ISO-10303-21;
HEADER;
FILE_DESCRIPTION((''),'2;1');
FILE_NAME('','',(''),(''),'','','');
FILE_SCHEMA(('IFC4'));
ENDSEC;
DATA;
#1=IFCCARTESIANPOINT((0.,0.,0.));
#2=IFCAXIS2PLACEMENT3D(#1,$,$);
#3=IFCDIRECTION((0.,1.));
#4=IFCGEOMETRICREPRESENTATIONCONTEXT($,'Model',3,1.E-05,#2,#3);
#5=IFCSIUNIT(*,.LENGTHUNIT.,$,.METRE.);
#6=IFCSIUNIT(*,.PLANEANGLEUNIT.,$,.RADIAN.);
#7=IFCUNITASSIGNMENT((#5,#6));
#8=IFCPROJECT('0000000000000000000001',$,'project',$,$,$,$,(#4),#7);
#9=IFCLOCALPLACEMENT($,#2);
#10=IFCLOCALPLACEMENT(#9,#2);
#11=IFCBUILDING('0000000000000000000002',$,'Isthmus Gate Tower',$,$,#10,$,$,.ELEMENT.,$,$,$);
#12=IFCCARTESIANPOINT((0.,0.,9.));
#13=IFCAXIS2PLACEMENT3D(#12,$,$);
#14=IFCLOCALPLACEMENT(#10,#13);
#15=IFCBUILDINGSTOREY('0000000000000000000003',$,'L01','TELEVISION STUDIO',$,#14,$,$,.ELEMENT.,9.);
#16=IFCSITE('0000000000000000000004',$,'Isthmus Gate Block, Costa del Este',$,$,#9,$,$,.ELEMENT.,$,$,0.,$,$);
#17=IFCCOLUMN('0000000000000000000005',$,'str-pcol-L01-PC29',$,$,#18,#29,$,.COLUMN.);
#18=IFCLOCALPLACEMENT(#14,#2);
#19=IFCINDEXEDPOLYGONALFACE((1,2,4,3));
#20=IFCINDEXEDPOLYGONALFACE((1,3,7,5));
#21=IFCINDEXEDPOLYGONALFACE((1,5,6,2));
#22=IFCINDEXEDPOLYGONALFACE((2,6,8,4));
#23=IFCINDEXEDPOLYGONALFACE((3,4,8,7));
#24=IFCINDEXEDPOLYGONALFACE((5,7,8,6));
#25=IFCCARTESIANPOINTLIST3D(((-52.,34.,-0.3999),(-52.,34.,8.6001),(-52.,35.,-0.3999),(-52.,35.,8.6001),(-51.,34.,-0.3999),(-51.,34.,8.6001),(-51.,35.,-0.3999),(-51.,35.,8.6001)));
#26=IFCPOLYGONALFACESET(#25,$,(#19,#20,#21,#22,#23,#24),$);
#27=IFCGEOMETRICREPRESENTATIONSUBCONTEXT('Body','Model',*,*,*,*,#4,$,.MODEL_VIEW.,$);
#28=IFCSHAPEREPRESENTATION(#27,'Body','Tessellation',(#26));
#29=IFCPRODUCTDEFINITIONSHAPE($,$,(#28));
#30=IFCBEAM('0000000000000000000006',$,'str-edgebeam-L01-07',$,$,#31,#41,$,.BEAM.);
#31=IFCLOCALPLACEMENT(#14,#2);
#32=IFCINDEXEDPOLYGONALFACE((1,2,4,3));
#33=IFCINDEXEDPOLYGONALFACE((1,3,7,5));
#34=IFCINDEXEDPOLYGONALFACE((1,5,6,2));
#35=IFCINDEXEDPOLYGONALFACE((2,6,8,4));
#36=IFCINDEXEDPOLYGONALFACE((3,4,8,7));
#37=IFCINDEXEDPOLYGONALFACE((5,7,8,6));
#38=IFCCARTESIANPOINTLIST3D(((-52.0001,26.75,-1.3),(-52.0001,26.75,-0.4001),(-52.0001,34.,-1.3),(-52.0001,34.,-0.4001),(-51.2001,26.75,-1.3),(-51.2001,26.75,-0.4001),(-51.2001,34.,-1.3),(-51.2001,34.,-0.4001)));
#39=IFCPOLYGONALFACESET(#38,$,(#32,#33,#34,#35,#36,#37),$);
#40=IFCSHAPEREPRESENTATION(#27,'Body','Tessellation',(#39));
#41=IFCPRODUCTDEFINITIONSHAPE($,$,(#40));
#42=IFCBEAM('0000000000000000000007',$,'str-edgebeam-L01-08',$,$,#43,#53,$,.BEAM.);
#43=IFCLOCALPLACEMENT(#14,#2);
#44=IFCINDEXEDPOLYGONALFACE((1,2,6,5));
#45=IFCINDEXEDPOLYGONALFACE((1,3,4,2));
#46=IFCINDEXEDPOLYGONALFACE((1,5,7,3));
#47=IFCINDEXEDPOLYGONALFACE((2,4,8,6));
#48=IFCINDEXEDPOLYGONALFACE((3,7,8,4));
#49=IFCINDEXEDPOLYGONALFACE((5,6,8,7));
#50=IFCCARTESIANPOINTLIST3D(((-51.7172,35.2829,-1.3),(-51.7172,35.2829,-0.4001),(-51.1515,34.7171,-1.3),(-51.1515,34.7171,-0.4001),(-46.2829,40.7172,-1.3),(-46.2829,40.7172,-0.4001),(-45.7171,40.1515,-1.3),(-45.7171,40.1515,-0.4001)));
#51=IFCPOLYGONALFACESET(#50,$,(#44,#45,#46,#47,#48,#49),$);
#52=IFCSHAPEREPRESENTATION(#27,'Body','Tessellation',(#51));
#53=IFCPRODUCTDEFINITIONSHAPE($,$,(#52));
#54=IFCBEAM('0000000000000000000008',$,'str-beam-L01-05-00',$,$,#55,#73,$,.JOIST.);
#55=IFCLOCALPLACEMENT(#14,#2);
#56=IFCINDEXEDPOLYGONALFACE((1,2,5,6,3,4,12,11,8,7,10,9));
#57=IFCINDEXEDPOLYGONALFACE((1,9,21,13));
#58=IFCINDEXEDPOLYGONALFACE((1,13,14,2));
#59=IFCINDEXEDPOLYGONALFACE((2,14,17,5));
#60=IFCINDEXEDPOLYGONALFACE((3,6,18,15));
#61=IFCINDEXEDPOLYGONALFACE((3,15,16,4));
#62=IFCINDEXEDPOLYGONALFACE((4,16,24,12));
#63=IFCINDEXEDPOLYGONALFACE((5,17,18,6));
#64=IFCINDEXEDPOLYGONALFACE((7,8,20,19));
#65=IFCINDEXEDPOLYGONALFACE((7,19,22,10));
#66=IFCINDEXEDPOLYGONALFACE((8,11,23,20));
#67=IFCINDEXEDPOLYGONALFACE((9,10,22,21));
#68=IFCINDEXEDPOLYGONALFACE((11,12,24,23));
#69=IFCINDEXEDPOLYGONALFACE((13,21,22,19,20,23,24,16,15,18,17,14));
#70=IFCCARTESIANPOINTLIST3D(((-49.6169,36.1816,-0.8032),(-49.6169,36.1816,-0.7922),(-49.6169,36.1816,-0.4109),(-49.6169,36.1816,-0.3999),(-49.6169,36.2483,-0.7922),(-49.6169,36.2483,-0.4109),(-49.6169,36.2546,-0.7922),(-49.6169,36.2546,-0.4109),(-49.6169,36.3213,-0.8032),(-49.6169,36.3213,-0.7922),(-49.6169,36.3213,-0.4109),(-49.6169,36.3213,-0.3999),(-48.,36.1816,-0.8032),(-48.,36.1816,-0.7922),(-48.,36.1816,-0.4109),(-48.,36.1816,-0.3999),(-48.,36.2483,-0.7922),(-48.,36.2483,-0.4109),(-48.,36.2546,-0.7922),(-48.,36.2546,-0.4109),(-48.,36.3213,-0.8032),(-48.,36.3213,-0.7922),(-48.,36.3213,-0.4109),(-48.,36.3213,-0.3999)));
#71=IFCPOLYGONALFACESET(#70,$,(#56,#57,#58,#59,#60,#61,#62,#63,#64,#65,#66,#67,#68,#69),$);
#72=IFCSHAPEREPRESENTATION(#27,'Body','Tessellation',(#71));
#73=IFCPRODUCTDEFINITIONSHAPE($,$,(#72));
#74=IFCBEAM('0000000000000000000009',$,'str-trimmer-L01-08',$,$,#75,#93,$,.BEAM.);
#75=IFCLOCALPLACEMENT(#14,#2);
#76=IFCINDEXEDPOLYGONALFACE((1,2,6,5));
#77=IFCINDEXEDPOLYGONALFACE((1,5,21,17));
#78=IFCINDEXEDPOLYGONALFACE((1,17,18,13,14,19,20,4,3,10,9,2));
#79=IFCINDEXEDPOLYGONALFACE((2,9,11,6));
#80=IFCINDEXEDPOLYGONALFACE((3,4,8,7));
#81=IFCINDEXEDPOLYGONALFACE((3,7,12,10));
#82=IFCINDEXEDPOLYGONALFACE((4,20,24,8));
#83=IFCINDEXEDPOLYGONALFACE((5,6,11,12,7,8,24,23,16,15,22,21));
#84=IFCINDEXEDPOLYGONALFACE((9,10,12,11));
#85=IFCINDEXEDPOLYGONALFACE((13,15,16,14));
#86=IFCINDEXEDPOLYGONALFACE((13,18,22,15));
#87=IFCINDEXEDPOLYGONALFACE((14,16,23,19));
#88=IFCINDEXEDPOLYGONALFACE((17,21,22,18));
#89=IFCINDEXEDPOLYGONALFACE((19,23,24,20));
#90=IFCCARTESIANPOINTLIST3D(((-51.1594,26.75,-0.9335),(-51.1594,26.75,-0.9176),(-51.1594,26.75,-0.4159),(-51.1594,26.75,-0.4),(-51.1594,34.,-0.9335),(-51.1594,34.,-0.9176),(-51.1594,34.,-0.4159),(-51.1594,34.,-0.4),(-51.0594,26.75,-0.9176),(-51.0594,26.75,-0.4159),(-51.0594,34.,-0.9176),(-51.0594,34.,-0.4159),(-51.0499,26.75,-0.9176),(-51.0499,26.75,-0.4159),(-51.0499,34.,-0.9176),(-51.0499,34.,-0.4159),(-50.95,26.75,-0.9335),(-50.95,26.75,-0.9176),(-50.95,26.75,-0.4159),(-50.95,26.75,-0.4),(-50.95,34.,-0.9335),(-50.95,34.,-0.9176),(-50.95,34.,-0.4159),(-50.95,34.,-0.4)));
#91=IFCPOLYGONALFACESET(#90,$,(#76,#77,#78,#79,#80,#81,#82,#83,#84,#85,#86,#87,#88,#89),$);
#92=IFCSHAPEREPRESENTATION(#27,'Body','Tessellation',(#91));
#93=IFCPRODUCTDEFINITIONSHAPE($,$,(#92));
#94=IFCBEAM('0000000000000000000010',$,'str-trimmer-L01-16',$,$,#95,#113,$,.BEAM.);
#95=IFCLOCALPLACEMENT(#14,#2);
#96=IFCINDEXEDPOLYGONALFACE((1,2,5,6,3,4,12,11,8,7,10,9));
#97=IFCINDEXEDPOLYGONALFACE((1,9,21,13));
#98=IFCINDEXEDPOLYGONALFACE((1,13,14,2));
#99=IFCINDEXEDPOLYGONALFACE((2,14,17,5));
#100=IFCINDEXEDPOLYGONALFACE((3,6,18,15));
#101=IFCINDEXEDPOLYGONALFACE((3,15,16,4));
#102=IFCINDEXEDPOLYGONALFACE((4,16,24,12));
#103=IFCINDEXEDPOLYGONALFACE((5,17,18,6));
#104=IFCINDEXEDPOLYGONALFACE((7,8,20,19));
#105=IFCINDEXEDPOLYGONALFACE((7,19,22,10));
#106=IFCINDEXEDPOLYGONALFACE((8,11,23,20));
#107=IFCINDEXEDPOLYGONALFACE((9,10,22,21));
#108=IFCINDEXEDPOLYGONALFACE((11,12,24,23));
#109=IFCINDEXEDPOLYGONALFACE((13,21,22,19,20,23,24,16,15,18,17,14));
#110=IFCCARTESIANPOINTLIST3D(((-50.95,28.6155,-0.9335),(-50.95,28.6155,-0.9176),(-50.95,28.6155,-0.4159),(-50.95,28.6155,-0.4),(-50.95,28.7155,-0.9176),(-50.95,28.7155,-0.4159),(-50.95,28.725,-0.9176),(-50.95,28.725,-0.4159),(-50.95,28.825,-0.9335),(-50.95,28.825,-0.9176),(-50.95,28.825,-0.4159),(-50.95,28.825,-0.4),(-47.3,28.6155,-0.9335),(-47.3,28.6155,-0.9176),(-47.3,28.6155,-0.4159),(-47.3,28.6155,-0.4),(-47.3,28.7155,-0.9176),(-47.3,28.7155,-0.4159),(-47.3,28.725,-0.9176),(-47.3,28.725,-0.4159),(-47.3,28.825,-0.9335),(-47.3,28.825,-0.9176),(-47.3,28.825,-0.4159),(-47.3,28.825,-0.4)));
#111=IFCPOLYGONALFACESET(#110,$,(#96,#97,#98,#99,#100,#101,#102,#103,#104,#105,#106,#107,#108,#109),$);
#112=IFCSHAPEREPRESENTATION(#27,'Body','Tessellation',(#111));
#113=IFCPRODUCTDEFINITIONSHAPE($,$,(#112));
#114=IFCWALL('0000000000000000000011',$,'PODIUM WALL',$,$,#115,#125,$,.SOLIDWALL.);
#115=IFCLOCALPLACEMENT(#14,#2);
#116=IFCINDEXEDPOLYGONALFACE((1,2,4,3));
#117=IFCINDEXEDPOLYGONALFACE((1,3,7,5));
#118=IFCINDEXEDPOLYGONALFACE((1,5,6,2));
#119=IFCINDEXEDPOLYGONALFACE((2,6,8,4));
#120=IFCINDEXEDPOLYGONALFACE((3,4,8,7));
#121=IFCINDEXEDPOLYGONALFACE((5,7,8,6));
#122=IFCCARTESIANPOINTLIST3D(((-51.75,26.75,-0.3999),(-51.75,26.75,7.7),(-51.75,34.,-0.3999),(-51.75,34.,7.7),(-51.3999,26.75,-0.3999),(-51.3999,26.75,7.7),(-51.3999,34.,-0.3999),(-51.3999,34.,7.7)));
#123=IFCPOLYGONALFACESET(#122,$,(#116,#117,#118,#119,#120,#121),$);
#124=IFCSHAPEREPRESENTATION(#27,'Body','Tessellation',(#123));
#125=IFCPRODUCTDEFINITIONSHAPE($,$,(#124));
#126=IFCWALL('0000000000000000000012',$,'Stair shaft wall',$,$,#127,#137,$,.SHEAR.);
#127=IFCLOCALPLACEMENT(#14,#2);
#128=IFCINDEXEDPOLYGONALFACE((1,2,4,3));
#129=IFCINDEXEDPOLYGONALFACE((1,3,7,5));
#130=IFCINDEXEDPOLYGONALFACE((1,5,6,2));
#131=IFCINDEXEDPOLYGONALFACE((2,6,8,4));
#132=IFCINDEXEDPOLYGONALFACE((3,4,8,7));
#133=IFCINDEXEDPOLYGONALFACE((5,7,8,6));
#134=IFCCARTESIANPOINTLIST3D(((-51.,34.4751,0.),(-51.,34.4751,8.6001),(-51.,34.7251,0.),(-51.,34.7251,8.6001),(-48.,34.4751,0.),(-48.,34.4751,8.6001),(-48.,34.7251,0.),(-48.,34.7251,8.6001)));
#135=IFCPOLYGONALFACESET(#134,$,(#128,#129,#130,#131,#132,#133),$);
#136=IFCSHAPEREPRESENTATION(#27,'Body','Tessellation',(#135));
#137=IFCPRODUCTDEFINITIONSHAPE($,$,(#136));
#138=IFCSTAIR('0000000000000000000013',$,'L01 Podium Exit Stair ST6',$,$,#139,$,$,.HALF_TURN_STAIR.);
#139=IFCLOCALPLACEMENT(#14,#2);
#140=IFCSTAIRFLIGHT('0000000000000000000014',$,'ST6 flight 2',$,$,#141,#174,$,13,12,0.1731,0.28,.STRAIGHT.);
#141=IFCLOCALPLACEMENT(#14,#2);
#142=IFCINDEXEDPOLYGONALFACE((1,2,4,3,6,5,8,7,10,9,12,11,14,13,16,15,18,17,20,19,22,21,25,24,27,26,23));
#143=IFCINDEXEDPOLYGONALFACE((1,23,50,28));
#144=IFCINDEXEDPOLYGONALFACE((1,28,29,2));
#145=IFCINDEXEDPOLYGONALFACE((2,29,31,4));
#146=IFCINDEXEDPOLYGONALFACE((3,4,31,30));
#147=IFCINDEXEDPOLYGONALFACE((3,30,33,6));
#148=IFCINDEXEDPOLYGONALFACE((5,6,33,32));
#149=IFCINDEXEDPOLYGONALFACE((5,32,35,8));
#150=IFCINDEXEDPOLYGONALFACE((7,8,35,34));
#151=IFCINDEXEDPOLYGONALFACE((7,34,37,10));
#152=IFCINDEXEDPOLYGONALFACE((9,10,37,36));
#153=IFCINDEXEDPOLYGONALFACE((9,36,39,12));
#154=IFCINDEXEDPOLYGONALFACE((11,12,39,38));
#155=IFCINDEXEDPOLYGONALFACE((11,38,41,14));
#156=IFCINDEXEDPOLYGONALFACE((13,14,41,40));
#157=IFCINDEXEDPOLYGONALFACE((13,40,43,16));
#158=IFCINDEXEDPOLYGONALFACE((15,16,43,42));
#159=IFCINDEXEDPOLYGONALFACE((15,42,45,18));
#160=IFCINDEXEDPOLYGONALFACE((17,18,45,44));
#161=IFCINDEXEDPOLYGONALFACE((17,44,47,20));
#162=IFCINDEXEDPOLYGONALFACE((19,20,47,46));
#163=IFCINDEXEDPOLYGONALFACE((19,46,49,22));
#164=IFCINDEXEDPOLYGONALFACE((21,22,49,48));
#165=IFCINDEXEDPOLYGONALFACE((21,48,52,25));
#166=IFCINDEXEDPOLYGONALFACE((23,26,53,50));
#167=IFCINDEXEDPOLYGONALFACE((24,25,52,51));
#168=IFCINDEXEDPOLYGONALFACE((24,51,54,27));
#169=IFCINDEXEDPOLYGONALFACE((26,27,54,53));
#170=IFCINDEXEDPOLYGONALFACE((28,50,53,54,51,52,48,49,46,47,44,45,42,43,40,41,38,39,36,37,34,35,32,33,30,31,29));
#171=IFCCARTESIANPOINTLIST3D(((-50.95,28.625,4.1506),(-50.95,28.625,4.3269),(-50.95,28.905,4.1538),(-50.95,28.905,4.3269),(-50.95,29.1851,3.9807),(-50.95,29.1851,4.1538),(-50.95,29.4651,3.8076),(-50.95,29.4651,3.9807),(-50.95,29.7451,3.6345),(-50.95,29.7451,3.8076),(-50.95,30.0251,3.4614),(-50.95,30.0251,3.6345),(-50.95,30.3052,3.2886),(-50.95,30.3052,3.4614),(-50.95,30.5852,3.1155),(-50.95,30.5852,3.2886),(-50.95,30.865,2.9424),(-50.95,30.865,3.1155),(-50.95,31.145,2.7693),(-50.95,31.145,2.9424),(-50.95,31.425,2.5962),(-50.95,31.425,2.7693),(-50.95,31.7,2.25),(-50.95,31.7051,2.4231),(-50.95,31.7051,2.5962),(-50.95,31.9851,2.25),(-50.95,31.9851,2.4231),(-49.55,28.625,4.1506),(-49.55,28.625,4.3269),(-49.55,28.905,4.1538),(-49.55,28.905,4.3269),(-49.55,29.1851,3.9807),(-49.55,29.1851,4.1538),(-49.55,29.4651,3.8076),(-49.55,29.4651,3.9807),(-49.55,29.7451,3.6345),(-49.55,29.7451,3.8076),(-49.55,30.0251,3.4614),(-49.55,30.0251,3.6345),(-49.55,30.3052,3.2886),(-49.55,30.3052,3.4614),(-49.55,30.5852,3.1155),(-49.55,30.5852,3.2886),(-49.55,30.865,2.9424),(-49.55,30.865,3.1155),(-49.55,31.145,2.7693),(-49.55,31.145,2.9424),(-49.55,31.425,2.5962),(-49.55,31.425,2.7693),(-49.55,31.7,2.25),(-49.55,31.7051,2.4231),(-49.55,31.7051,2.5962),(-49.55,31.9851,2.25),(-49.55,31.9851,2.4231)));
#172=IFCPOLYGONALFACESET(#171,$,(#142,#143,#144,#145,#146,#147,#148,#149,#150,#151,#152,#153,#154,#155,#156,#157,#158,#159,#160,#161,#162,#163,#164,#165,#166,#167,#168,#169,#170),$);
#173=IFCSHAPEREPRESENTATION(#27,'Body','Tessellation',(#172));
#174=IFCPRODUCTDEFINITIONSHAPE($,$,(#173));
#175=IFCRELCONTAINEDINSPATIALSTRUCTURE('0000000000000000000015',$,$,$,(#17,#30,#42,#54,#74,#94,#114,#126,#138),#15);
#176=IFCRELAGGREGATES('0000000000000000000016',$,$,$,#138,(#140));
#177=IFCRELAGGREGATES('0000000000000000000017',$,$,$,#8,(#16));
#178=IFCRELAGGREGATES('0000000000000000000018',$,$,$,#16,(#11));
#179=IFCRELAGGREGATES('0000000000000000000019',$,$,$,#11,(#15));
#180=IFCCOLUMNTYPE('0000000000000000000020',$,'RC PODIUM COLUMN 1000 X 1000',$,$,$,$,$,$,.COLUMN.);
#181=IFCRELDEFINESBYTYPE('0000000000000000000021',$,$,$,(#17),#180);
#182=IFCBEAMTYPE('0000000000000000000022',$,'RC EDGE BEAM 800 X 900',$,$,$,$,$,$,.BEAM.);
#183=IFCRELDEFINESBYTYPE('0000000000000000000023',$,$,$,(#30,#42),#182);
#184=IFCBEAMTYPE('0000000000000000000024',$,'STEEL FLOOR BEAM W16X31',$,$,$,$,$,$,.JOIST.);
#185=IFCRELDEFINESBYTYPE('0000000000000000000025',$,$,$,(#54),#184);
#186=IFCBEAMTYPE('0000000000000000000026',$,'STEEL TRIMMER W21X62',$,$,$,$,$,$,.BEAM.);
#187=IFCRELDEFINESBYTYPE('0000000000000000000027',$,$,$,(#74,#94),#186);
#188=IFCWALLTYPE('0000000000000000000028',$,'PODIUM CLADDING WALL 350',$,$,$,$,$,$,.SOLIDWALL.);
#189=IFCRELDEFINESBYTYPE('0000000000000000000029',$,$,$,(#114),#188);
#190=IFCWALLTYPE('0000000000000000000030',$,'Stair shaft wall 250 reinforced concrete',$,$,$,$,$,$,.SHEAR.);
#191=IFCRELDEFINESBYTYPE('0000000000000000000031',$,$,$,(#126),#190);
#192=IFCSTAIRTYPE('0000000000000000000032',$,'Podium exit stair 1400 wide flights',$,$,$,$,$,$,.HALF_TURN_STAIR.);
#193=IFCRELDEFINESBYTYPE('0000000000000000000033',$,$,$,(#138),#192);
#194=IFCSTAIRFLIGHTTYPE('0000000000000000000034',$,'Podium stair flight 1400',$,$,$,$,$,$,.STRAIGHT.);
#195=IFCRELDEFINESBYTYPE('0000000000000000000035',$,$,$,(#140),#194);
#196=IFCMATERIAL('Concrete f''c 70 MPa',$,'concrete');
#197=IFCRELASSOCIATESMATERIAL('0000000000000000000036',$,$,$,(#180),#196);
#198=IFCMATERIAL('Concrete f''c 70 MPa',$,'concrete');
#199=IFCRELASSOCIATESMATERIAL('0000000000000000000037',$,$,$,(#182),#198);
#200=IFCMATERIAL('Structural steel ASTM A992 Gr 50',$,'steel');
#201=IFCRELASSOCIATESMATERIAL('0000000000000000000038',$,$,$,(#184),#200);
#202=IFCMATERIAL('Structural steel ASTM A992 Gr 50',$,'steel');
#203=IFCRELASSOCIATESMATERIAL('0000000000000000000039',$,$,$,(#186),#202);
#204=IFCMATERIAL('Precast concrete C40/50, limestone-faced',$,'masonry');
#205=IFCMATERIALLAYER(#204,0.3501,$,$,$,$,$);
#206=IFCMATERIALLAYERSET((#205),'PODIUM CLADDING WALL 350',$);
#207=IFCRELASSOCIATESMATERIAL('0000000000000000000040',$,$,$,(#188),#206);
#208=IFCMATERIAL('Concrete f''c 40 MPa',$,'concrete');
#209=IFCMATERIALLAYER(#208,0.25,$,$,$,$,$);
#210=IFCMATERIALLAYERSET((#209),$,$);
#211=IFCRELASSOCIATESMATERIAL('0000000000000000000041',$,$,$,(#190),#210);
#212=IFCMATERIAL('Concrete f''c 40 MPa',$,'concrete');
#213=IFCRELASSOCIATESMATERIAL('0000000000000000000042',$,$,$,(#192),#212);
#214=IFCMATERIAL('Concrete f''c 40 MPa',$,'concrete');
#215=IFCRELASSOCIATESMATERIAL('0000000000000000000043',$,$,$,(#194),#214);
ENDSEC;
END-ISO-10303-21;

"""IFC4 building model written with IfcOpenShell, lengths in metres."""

from ifc_helpers import new_model, si_unit, direction, frame, frame_2d, origin, origin_2d, place, context, subcontext, project, spatial, polyline, rectangle, i_section, outline, extrude, material, layer, layer_set, material_profile, profile_set, type_object, element, aggregate, save


model = new_model("IFC4")

# Units and contexts
model_context = context("Model", 3, precision=1e-05, world=origin(), true_north=direction((0.0, 1.0)))
body_context = subcontext(model_context, "Body", "Model", "MODEL_VIEW")
ifc_project = project(units=[si_unit("LENGTHUNIT", "METRE"), si_unit("PLANEANGLEUNIT", "RADIAN")], contexts=[model_context])

# Site, building, storey
site_placement = place(None, origin())
site = spatial("IfcSite", under=ifc_project, at=site_placement, Name="Isthmus Gate Block, Costa del Este", CompositionType="ELEMENT", RefElevation=0.0)
building_placement = place(site_placement, origin())
building = spatial("IfcBuilding", under=site, at=building_placement, Name="Isthmus Gate Tower", CompositionType="ELEMENT")
storey_placement = place(building_placement, frame((0.0, 0.0, 9.0)))
storey = spatial("IfcBuildingStorey", under=building, at=storey_placement, Name="L01", Description="TELEVISION STUDIO", CompositionType="ELEMENT", Elevation=9.0)

# Column
ifc_material_1 = material(Name="Concrete f'c 70 MPa", Category="concrete")
ifc_material_profile_1 = material_profile(ifc_material_1, rectangle(XDim=1.0, YDim=1.0, at=origin_2d()), Name="RC 1000X1000")
ifc_profile_set_1 = profile_set([ifc_material_profile_1], Name="Concrete f'c 70 MPa")
column_type = type_object("IfcColumnType", Name="RC PODIUM COLUMN 1000 X 1000", PredefinedType="COLUMN", material=ifc_profile_set_1)
column_placement = place(storey_placement, frame((-51.5, 34.5, -0.3999), z_axis=(0.0, 0.0, 1.0), x_axis=(0.0, -1.0, 0.0)))
element("IfcColumn", 1, at=column_placement, inside=storey, type_object=column_type, Name="str-pcol-L01-PC29", PredefinedType="COLUMN", context=body_context, shape_type="SweptSolid", body=[
    extrude(rectangle(XDim=1.0, YDim=1.0, at=origin_2d()), origin(), (0.0, 0.0, 1.0), 9.0),
])

# Beams
ifc_material_2 = material(Name="Concrete f'c 70 MPa", Category="concrete")
ifc_material_profile_2 = material_profile(ifc_material_2, rectangle(XDim=0.8, YDim=0.8999, at=origin_2d()), Name="RC 800X900")
ifc_profile_set_2 = profile_set([ifc_material_profile_2], Name="Concrete f'c 70 MPa")
beam_type_1 = type_object("IfcBeamType", Name="RC EDGE BEAM 800 X 900", PredefinedType="BEAM", material=ifc_profile_set_2)
beam_1_placement = place(storey_placement, frame((-51.6001, 26.75, -0.8501), z_axis=(0.0, 1.0, 0.0), x_axis=(-1.0, 0.0, 0.0)))
element("IfcBeam", 2, at=beam_1_placement, inside=storey, type_object=beam_type_1, Name="str-edgebeam-L01-07", PredefinedType="BEAM", context=body_context, shape_type="SweptSolid", body=[
    extrude(rectangle(XDim=0.8, YDim=0.8999, at=origin_2d()), origin(), (0.0, 0.0, 1.0), 7.25),
])
beam_2_placement = place(storey_placement, frame((-51.4343, 35.0, -0.8501), z_axis=(0.707107, 0.707107, 0.0), x_axis=(-0.707107, 0.707107, 0.0)))
element("IfcBeam", 3, at=beam_2_placement, inside=storey, type_object=beam_type_1, Name="str-edgebeam-L01-08", PredefinedType="BEAM", context=body_context, shape_type="SweptSolid", body=[
    extrude(rectangle(XDim=0.8, YDim=0.8999, at=origin_2d()), origin(), (0.0, 0.0, 1.0), 7.6853),
])
ifc_material_3 = material(Name="Structural steel ASTM A992 Gr 50", Category="steel")
ifc_material_profile_3 = material_profile(ifc_material_3, i_section(OverallWidth=0.1396, OverallDepth=0.4033, WebThickness=0.0063, FlangeThickness=0.011, at=origin_2d()), Name="W16X31")
ifc_profile_set_3 = profile_set([ifc_material_profile_3], Name="Structural steel ASTM A992 Gr 50")
beam_type_2 = type_object("IfcBeamType", Name="STEEL FLOOR BEAM W16X31", PredefinedType="JOIST", material=ifc_profile_set_3)
beam_3_placement = place(storey_placement, frame((-49.6169, 36.2515, -0.6016), z_axis=(1.0, 0.0, 0.0), x_axis=(0.0, 1.0, 0.0)))
element("IfcBeam", 4, at=beam_3_placement, inside=storey, type_object=beam_type_2, Name="str-beam-L01-05-00", PredefinedType="JOIST", context=body_context, shape_type="SweptSolid", body=[
    extrude(i_section(OverallWidth=0.1396, OverallDepth=0.4033, WebThickness=0.0063, FlangeThickness=0.011, at=origin_2d()), origin(), (0.0, 0.0, 1.0), 1.6169),
])
ifc_material_4 = material(Name="Structural steel ASTM A992 Gr 50", Category="steel")
ifc_material_profile_4 = material_profile(ifc_material_4, i_section(OverallWidth=0.2095, OverallDepth=0.5334, WebThickness=0.0095, FlangeThickness=0.0159, at=origin_2d()), Name="W21X62")
ifc_profile_set_4 = profile_set([ifc_material_profile_4], Name="Structural steel ASTM A992 Gr 50")
beam_type_3 = type_object("IfcBeamType", Name="STEEL TRIMMER W21X62", PredefinedType="BEAM", material=ifc_profile_set_4)
beam_4_placement = place(storey_placement, frame((-51.0547, 34.0, -0.6667), z_axis=(0.0, -1.0, 0.0), x_axis=(1.0, 0.0, 0.0)))
element("IfcBeam", 5, at=beam_4_placement, inside=storey, type_object=beam_type_3, Name="str-trimmer-L01-08", PredefinedType="BEAM", context=body_context, shape_type="SweptSolid", body=[
    extrude(i_section(OverallWidth=0.2095, OverallDepth=0.5334, WebThickness=0.0095, FlangeThickness=0.0159, at=origin_2d()), origin(), (0.0, 0.0, 1.0), 7.25),
])
beam_5_placement = place(storey_placement, frame((-50.95, 28.7202, -0.6667), z_axis=(1.0, 0.0, 0.0), x_axis=(0.0, 1.0, 0.0)))
element("IfcBeam", 6, at=beam_5_placement, inside=storey, type_object=beam_type_3, Name="str-trimmer-L01-16", PredefinedType="BEAM", context=body_context, shape_type="SweptSolid", body=[
    extrude(i_section(OverallWidth=0.2095, OverallDepth=0.5334, WebThickness=0.0095, FlangeThickness=0.0159, at=origin_2d()), origin(), (0.0, 0.0, 1.0), 3.6499),
])

# Walls
ifc_material_5 = material(Name="Precast concrete C40/50, limestone-faced", Category="masonry")
ifc_layer_1 = layer(ifc_material_5, 0.3501)
ifc_layer_set_1 = layer_set([ifc_layer_1], Name="PODIUM CLADDING WALL 350")
wall_type_1 = type_object("IfcWallType", Name="PODIUM CLADDING WALL 350", PredefinedType="SOLIDWALL", material=ifc_layer_set_1)
wall_1_placement = place(storey_placement, frame((-51.575, 34.0, -0.3999), z_axis=(0.0, 0.0, 1.0), x_axis=(0.0, -1.0, 0.0)))
element("IfcWall", 7, at=wall_1_placement, inside=storey, type_object=wall_type_1, Name="PODIUM WALL", PredefinedType="SOLIDWALL", context=body_context, shape_type="SweptSolid", body=[
    extrude(rectangle(XDim=7.25, YDim=0.3501, at=frame_2d((3.625, 0.0))), origin(), (0.0, 0.0, 1.0), 8.0999),
])
ifc_material_6 = material(Name="Concrete f'c 40 MPa", Category="concrete")
ifc_layer_2 = layer(ifc_material_6, 0.25)
ifc_layer_set_2 = layer_set([ifc_layer_2])
wall_type_2 = type_object("IfcWallType", Name="Stair shaft wall 250 reinforced concrete", PredefinedType="SHEAR", material=ifc_layer_set_2)
wall_2_placement = place(storey_placement, frame((-51.0, 34.6001, 0.0), z_axis=(0.0, 0.0, 1.0), x_axis=(1.0, 0.0, 0.0)))
element("IfcWall", 8, at=wall_2_placement, inside=storey, type_object=wall_type_2, Name="Stair shaft wall", PredefinedType="SHEAR", context=body_context, shape_type="SweptSolid", body=[
    extrude(rectangle(XDim=3.0, YDim=0.25, at=frame_2d((1.5, 0.0))), origin(), (0.0, 0.0, 1.0), 8.6001),
])

# Stair, stair flight
ifc_material_7 = material(Name="Concrete f'c 40 MPa", Category="concrete")
stair_type = type_object("IfcStairType", Name="Podium exit stair 1400 wide flights", PredefinedType="HALF_TURN_STAIR", material=ifc_material_7)
stair_placement = place(storey_placement, origin())
stair = element("IfcStair", 9, at=stair_placement, inside=storey, type_object=stair_type, Name="L01 Podium Exit Stair ST6", PredefinedType="HALF_TURN_STAIR")
ifc_material_8 = material(Name="Concrete f'c 40 MPa", Category="concrete")
stair_flight_type = type_object("IfcStairFlightType", Name="Podium stair flight 1400", PredefinedType="STRAIGHT", material=ifc_material_8)
stair_flight_1_placement = place(storey_placement, frame((-50.25, 31.9851, 2.25), z_axis=(0.0, 0.0, 1.0), x_axis=(0.0, -1.0, 0.0)))
stair_flight_1 = element("IfcStairFlight", 10, at=stair_flight_1_placement, type_object=stair_flight_type, Name="ST6 flight 2", NumberOfRisers=13, NumberOfTreads=12, PredefinedType="STRAIGHT", RiserHeight=0.1731, TreadLength=0.28, context=body_context, shape_type="SweptSolid", body=[
    extrude(outline(polyline([(0.0, 0.0), (0.0, 0.1731), (0.28, 0.1731), (0.28, 0.3462), (0.5601, 0.3462), (0.5601, 0.5193), (0.8401, 0.5193), (0.8401, 0.6924), (1.1201, 0.6924), (1.1201, 0.8655), (1.3999, 0.8655), (1.3999, 1.0386), (1.6799, 1.0386), (1.6799, 1.2114), (1.96, 1.2114), (1.96, 1.3845), (2.24, 1.3845), (2.24, 1.5576), (2.52, 1.5576), (2.52, 1.7307), (2.8, 1.7307), (2.8, 1.9038), (3.0801, 1.9038), (3.0801, 2.0769), (3.3601, 2.0769), (3.3601, 2.25), (3.3601, 1.9006), (0.2852, 0.0), (0.0, 0.0)])), frame((0.0, 0.7, 0.0), z_axis=(0.0, -1.0, 0.0), x_axis=(1.0, 0.0, 0.0)), (0.0, 0.0, 1.0), 1.3999),
])
aggregate(stair, [stair_flight_1])

save(model, "model.ifc")
